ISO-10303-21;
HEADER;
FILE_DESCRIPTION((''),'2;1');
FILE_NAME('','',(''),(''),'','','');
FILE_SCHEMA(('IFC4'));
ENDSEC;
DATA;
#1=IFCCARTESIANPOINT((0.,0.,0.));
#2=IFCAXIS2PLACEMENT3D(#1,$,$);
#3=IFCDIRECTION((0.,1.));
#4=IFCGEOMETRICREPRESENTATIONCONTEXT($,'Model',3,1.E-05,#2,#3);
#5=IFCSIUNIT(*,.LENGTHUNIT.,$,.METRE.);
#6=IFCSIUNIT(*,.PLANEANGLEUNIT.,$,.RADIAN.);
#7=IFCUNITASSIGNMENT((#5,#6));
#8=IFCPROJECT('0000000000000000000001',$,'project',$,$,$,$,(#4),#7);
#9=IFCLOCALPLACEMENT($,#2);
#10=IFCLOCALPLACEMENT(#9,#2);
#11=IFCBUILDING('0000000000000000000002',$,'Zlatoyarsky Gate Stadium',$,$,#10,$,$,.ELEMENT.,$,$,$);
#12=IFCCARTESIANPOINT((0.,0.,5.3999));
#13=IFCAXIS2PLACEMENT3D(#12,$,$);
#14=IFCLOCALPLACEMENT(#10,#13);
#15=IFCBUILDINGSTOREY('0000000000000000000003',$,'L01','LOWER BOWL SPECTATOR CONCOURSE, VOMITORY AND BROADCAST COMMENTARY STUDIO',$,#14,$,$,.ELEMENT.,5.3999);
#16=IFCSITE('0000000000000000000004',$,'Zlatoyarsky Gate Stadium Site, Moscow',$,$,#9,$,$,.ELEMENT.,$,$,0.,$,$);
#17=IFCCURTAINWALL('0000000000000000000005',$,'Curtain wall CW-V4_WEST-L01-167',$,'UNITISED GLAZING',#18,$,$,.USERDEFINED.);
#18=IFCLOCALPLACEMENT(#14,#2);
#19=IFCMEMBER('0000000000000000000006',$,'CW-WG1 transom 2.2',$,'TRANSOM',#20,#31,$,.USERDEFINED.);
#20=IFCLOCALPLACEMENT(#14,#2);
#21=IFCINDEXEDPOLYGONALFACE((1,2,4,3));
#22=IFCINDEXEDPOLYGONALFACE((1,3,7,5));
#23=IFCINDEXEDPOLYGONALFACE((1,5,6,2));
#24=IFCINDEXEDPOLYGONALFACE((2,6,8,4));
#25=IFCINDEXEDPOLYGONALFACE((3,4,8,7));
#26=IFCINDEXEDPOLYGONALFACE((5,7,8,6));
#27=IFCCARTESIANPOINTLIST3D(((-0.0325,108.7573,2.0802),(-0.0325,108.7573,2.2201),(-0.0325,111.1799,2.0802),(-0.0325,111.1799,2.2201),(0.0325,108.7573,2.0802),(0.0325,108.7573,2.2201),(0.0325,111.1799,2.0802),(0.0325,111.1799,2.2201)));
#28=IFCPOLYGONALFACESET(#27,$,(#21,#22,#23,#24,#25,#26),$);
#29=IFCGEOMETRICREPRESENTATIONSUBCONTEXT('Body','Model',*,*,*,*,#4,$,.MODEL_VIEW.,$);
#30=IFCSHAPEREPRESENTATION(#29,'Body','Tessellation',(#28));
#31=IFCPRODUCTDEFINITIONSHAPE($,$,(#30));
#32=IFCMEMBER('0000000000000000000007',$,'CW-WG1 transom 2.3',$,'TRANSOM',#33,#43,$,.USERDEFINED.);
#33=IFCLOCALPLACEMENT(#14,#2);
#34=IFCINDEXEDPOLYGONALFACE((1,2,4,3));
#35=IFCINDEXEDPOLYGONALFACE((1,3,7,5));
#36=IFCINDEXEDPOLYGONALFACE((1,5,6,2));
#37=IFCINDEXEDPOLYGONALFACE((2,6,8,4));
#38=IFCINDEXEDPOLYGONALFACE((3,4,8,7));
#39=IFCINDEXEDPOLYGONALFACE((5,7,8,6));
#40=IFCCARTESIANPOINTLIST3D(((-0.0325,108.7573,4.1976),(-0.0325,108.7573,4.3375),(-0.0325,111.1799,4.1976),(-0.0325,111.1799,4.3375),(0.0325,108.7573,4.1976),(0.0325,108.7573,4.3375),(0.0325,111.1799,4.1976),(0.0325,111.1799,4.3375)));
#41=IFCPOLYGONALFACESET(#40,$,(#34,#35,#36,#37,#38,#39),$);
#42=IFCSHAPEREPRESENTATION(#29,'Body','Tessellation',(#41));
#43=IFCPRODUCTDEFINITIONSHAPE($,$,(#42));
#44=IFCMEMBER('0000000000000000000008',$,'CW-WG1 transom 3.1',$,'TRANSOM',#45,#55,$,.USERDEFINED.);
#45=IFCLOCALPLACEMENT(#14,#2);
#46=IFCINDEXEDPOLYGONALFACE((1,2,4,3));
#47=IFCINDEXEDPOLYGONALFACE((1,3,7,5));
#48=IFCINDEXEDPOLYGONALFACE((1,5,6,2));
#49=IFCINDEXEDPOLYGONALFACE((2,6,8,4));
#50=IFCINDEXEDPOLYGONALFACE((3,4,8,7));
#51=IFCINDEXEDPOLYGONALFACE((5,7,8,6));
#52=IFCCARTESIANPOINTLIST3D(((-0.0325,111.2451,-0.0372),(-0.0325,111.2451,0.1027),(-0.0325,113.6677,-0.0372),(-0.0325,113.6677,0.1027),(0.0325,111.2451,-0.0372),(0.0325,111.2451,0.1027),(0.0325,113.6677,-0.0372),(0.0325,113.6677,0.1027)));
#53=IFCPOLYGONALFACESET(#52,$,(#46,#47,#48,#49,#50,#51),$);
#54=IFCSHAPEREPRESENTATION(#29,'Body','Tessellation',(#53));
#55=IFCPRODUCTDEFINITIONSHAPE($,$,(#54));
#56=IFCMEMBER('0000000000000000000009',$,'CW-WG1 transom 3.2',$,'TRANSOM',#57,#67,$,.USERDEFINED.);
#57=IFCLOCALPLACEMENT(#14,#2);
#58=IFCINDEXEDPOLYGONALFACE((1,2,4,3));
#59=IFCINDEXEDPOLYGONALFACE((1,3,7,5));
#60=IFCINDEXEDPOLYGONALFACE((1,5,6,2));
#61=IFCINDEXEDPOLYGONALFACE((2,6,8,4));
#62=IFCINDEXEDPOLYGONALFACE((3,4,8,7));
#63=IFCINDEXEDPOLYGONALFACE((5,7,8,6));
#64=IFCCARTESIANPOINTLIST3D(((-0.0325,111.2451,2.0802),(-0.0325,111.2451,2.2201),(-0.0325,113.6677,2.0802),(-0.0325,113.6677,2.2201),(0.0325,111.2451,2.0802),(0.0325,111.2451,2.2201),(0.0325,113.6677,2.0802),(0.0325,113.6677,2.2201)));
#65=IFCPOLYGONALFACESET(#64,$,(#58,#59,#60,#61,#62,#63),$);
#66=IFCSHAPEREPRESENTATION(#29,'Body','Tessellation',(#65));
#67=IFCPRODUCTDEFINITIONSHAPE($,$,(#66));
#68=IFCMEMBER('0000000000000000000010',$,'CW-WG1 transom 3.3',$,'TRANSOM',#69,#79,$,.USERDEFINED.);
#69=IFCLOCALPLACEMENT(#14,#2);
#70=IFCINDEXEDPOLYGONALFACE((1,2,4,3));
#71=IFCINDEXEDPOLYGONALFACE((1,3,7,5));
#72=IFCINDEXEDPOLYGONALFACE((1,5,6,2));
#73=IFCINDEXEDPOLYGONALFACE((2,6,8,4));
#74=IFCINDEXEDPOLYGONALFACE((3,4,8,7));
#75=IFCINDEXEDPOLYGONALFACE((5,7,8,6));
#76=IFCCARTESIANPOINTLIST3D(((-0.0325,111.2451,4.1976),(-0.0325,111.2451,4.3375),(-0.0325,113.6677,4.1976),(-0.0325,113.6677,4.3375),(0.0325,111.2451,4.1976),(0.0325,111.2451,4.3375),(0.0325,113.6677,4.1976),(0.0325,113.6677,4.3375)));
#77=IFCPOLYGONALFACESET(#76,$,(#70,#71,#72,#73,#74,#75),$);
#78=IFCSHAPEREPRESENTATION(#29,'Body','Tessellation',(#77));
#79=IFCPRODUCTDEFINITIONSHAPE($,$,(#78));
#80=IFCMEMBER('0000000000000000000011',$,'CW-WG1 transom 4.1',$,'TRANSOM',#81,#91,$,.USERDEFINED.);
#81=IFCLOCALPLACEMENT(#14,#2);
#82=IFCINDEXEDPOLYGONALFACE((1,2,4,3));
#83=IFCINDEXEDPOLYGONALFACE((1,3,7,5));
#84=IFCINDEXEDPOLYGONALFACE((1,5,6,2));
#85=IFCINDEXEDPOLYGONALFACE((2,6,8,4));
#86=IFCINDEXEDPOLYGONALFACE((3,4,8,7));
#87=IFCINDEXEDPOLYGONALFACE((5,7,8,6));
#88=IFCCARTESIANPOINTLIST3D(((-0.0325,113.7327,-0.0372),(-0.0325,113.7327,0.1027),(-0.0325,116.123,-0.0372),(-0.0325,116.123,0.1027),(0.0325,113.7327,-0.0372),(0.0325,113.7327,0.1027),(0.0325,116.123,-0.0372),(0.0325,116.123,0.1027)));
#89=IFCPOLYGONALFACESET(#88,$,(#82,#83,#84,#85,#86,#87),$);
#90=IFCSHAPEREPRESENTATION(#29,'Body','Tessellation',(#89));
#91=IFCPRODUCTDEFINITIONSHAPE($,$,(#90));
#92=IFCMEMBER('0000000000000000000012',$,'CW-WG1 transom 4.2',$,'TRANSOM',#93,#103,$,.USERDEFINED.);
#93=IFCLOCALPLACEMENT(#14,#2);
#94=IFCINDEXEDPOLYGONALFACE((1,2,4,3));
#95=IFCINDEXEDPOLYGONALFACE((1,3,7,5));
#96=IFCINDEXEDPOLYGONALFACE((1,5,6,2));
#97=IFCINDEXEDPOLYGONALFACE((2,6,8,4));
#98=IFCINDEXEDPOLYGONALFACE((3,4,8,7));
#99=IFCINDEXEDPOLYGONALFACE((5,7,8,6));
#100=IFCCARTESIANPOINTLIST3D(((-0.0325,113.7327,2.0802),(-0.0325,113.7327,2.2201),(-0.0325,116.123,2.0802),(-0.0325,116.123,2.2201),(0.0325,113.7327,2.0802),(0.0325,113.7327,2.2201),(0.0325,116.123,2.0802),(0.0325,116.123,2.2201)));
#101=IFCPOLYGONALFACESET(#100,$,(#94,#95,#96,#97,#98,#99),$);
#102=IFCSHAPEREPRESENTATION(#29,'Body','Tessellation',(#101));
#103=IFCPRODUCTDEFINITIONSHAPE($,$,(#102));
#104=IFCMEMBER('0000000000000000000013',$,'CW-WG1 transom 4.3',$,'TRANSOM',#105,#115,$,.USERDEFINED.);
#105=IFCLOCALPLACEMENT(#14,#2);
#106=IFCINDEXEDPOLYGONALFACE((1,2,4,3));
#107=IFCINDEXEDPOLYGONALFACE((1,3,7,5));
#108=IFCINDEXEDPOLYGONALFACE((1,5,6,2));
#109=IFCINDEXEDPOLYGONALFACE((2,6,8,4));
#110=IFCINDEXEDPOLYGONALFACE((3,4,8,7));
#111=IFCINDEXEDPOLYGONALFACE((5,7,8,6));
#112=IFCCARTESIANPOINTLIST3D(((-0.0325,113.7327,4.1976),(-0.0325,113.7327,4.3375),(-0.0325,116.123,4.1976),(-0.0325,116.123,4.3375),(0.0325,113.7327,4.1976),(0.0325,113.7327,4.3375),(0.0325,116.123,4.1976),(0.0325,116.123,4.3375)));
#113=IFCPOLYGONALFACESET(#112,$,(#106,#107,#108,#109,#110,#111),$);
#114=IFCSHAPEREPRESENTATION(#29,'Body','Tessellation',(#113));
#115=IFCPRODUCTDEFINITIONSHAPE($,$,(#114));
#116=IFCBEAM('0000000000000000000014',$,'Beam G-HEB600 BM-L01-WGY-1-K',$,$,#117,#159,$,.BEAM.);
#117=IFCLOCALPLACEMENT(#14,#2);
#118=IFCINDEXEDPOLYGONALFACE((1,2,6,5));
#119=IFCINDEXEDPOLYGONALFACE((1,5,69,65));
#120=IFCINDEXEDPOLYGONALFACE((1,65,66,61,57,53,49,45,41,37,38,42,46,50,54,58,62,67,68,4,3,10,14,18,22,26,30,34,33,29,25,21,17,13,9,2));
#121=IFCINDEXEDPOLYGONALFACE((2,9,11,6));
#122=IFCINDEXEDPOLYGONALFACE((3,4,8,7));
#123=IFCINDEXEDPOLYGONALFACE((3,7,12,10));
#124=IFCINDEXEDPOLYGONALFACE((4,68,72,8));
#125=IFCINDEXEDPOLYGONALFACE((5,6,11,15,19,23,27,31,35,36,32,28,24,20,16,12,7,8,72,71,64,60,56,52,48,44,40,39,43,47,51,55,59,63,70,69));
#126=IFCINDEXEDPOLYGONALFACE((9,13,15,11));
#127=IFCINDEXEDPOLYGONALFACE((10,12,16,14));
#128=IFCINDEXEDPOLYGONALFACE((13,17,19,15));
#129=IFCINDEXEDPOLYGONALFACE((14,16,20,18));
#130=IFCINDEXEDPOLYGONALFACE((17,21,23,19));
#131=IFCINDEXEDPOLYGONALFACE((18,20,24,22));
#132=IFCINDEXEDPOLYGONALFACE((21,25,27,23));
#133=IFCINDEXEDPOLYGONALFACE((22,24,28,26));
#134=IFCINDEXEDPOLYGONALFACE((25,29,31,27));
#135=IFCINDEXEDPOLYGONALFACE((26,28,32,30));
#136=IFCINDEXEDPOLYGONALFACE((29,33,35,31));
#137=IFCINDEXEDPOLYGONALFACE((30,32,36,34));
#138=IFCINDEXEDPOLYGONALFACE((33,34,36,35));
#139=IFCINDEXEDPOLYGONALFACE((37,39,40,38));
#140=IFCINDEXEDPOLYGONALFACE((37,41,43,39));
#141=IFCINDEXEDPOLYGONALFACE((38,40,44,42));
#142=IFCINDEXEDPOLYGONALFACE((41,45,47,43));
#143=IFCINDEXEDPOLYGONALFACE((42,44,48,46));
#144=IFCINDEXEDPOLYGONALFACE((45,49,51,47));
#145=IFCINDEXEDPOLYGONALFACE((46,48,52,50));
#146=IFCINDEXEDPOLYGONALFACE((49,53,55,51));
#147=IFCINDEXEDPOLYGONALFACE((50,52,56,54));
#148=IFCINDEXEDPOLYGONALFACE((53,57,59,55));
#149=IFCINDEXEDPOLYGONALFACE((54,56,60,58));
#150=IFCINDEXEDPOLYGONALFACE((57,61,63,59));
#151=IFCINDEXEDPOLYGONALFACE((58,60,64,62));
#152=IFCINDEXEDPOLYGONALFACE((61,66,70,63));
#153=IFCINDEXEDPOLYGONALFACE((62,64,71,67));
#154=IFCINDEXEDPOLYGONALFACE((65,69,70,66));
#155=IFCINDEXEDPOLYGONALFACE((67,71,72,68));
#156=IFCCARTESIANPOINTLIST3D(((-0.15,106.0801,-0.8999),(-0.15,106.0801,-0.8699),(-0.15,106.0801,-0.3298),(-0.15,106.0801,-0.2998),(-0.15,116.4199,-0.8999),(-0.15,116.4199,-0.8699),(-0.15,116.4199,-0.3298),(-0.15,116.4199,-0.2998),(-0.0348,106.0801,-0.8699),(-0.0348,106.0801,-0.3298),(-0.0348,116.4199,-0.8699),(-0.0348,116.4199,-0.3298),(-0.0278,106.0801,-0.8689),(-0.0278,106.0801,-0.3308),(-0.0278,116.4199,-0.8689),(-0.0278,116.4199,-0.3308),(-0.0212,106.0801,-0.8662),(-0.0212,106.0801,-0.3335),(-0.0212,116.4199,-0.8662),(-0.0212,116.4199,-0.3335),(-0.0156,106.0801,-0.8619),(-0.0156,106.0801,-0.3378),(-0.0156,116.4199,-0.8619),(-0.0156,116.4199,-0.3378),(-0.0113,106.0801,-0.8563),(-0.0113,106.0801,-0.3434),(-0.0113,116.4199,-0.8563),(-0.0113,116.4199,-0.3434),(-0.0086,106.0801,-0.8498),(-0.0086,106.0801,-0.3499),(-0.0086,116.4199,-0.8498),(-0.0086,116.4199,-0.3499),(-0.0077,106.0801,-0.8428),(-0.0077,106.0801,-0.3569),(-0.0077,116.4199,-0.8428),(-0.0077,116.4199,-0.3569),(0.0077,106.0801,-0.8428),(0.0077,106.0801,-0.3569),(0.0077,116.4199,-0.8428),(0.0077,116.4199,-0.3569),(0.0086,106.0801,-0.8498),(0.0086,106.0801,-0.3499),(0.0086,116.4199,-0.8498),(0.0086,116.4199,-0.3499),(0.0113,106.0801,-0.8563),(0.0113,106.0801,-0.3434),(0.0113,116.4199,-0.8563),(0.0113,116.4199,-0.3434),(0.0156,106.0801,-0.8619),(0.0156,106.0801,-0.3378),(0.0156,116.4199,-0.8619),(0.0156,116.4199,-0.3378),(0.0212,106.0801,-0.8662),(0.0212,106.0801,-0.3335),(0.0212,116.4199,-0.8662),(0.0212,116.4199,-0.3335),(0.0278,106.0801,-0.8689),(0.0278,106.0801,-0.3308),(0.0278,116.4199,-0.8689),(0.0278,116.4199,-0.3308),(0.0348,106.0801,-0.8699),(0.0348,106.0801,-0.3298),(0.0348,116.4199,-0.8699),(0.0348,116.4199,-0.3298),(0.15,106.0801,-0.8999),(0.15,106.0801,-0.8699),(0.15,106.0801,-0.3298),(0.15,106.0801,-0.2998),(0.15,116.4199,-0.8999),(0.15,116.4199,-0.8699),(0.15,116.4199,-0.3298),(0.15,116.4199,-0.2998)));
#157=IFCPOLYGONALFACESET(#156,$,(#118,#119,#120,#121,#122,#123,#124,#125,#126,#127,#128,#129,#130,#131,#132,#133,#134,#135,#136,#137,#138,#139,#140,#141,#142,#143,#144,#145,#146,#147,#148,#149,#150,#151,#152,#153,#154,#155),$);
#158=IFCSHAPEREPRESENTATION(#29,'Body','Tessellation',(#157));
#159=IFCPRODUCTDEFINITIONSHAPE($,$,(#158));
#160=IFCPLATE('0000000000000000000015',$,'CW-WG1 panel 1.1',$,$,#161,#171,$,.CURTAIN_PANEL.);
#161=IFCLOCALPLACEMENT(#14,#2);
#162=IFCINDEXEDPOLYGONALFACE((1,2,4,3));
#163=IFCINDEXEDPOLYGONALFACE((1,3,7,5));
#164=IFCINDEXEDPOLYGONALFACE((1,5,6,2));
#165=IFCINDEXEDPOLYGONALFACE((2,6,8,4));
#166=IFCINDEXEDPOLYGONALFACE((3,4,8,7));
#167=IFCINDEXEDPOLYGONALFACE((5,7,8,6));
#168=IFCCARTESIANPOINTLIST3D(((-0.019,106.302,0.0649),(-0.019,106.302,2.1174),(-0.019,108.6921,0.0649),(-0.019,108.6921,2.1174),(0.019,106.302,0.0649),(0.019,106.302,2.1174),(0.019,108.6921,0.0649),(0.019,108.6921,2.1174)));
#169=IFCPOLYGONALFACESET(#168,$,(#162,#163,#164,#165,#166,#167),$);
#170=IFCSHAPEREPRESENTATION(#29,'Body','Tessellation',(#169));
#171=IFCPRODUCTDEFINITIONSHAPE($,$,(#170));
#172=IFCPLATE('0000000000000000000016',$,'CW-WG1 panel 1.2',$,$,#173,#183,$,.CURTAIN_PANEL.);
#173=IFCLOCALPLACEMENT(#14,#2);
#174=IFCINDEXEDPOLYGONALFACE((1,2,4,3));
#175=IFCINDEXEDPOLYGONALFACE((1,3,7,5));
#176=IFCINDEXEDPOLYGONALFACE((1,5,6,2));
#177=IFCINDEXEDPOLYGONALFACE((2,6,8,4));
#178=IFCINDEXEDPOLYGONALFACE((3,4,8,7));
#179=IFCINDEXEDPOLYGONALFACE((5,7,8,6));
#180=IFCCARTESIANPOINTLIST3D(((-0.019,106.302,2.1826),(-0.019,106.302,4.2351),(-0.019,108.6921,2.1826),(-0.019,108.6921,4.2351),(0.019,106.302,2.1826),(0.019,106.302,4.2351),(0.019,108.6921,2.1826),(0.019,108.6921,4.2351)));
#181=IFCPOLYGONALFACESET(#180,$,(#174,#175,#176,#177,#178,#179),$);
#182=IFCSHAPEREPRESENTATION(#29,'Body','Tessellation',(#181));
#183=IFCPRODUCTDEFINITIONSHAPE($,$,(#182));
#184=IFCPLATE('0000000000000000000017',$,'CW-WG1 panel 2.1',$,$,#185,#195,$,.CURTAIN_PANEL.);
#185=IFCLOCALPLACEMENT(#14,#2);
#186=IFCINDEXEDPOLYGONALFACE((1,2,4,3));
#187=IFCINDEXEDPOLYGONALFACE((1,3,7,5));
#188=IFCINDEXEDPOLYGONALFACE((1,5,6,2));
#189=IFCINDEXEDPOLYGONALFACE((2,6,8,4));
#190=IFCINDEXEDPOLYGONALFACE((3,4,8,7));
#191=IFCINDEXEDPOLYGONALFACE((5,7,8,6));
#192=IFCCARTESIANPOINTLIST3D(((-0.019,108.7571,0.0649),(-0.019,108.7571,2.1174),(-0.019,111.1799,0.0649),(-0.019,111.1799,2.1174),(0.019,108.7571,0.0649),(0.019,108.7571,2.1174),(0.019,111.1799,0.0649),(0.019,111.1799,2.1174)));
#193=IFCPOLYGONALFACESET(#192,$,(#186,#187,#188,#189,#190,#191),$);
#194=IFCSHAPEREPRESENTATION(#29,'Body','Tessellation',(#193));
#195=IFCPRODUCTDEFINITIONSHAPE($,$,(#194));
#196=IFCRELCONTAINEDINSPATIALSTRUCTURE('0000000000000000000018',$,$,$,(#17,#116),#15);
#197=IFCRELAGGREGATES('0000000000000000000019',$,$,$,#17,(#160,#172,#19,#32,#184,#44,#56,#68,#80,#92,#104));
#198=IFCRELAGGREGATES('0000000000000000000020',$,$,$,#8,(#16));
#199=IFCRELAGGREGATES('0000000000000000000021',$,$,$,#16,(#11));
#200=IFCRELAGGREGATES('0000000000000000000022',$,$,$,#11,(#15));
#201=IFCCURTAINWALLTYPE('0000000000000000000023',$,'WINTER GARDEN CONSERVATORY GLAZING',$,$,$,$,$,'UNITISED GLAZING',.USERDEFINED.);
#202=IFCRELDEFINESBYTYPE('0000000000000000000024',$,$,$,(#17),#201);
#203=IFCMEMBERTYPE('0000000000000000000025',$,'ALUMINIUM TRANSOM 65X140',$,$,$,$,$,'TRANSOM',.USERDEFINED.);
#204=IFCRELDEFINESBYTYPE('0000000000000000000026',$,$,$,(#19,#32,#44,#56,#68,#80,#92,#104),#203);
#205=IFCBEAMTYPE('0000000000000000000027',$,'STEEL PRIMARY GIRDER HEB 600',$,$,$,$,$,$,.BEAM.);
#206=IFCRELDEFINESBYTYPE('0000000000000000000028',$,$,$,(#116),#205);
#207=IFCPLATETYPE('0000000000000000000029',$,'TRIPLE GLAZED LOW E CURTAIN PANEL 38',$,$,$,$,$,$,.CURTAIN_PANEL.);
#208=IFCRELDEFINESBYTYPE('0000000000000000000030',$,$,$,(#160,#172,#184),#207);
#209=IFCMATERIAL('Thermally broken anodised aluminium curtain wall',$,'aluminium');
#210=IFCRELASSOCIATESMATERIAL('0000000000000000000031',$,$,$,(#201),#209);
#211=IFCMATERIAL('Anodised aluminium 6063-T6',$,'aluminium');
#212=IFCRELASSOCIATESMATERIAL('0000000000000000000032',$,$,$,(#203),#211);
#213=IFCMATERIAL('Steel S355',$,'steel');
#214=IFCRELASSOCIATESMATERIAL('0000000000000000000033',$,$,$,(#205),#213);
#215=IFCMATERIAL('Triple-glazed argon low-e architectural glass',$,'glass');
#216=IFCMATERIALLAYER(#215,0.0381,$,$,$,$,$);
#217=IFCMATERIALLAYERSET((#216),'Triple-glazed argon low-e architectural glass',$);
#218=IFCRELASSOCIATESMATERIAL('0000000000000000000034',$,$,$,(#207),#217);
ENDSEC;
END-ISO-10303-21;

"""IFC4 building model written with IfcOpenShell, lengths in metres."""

from ifc_helpers import new_model, si_unit, direction, frame, origin, origin_2d, place, context, subcontext, project, spatial, rectangle, i_section, extrude, material, layer, layer_set, material_profile, profile_set, type_object, element, aggregate, save


model = new_model("IFC4")

# Units and contexts
model_context = context("Model", 3, precision=1e-05, world=origin(), true_north=direction((0.0, 1.0)))
body_context = subcontext(model_context, "Body", "Model", "MODEL_VIEW")
ifc_project = project(units=[si_unit("LENGTHUNIT", "METRE"), si_unit("PLANEANGLEUNIT", "RADIAN")], contexts=[model_context])

# Site, building, storey
site_placement = place(None, origin())
site = spatial("IfcSite", under=ifc_project, at=site_placement, Name="Zlatoyarsky Gate Stadium Site, Moscow", CompositionType="ELEMENT", RefElevation=0.0)
building_placement = place(site_placement, origin())
building = spatial("IfcBuilding", under=site, at=building_placement, Name="Zlatoyarsky Gate Stadium", CompositionType="ELEMENT")
storey_placement = place(building_placement, frame((0.0, 0.0, 5.3999)))
storey = spatial("IfcBuildingStorey", under=building, at=storey_placement, Name="L01", Description="LOWER BOWL SPECTATOR CONCOURSE, VOMITORY AND BROADCAST COMMENTARY STUDIO", CompositionType="ELEMENT", Elevation=5.3999)

# Shared definitions
ifc_material_1 = material(Name="Steel S355", Category="steel")

# Curtain wall, members
ifc_material_2 = material(Name="Thermally broken anodised aluminium curtain wall", Category="aluminium")
curtain_wall_type = type_object("IfcCurtainWallType", Name="WINTER GARDEN CONSERVATORY GLAZING", ElementType="UNITISED GLAZING", PredefinedType="USERDEFINED", material=ifc_material_2)
curtain_wall_placement = place(storey_placement, origin())
curtain_wall = element("IfcCurtainWall", 1, at=curtain_wall_placement, inside=storey, type_object=curtain_wall_type, Name="Curtain wall CW-V4_WEST-L01-167", ObjectType="UNITISED GLAZING", PredefinedType="USERDEFINED")
ifc_material_3 = material(Name="Anodised aluminium 6063-T6", Category="aluminium")
ifc_material_profile_1 = material_profile(ifc_material_3, rectangle(XDim=0.0649, YDim=0.1399, at=origin_2d()), Name="ALU 65X140")
ifc_profile_set_1 = profile_set([ifc_material_profile_1], Name="Anodised aluminium 6063-T6")
member_type_1 = type_object("IfcMemberType", Name="ALUMINIUM TRANSOM 65X140", ElementType="TRANSOM", PredefinedType="USERDEFINED", material=ifc_profile_set_1)
member_1_placement = place(storey_placement, frame((0.0, 108.7573, 2.1501), z_axis=(0.0, 1.0, 0.0), x_axis=(-1.0, 0.0, 0.0)))
member_1 = element("IfcMember", 2, at=member_1_placement, type_object=member_type_1, Name="CW-WG1 transom 2.2", ObjectType="TRANSOM", PredefinedType="USERDEFINED", context=body_context, shape_type="SweptSolid", body=[
    extrude(rectangle(XDim=0.0649, YDim=0.1399, at=origin_2d()), origin(), (0.0, 0.0, 1.0), 2.4226),
])
member_2_placement = place(storey_placement, frame((0.0, 108.7573, 4.2676), z_axis=(0.0, 1.0, 0.0), x_axis=(-1.0, 0.0, 0.0)))
member_2 = element("IfcMember", 3, at=member_2_placement, type_object=member_type_1, Name="CW-WG1 transom 2.3", ObjectType="TRANSOM", PredefinedType="USERDEFINED", context=body_context, shape_type="SweptSolid", body=[
    extrude(rectangle(XDim=0.0649, YDim=0.1399, at=origin_2d()), origin(), (0.0, 0.0, 1.0), 2.4226),
])
member_3_placement = place(storey_placement, frame((0.0, 111.2451, 0.0327), z_axis=(0.0, 1.0, 0.0), x_axis=(-1.0, 0.0, 0.0)))
member_3 = element("IfcMember", 4, at=member_3_placement, type_object=member_type_1, Name="CW-WG1 transom 3.1", ObjectType="TRANSOM", PredefinedType="USERDEFINED", context=body_context, shape_type="SweptSolid", body=[
    extrude(rectangle(XDim=0.0649, YDim=0.1399, at=origin_2d()), origin(), (0.0, 0.0, 1.0), 2.4226),
])
member_4_placement = place(storey_placement, frame((0.0, 111.2451, 2.1501), z_axis=(0.0, 1.0, 0.0), x_axis=(-1.0, 0.0, 0.0)))
member_4 = element("IfcMember", 5, at=member_4_placement, type_object=member_type_1, Name="CW-WG1 transom 3.2", ObjectType="TRANSOM", PredefinedType="USERDEFINED", context=body_context, shape_type="SweptSolid", body=[
    extrude(rectangle(XDim=0.0649, YDim=0.1399, at=origin_2d()), origin(), (0.0, 0.0, 1.0), 2.4226),
])
member_5_placement = place(storey_placement, frame((0.0, 111.2451, 4.2676), z_axis=(0.0, 1.0, 0.0), x_axis=(-1.0, 0.0, 0.0)))
member_5 = element("IfcMember", 6, at=member_5_placement, type_object=member_type_1, Name="CW-WG1 transom 3.3", ObjectType="TRANSOM", PredefinedType="USERDEFINED", context=body_context, shape_type="SweptSolid", body=[
    extrude(rectangle(XDim=0.0649, YDim=0.1399, at=origin_2d()), origin(), (0.0, 0.0, 1.0), 2.4226),
])
member_6_placement = place(storey_placement, frame((0.0, 113.7327, 0.0327), z_axis=(0.0, 1.0, 0.0), x_axis=(-1.0, 0.0, 0.0)))
member_6 = element("IfcMember", 7, at=member_6_placement, type_object=member_type_1, Name="CW-WG1 transom 4.1", ObjectType="TRANSOM", PredefinedType="USERDEFINED", context=body_context, shape_type="SweptSolid", body=[
    extrude(rectangle(XDim=0.0649, YDim=0.1399, at=origin_2d()), origin(), (0.0, 0.0, 1.0), 2.3904),
])
member_7_placement = place(storey_placement, frame((0.0, 113.7327, 2.1501), z_axis=(0.0, 1.0, 0.0), x_axis=(-1.0, 0.0, 0.0)))
member_7 = element("IfcMember", 8, at=member_7_placement, type_object=member_type_1, Name="CW-WG1 transom 4.2", ObjectType="TRANSOM", PredefinedType="USERDEFINED", context=body_context, shape_type="SweptSolid", body=[
    extrude(rectangle(XDim=0.0649, YDim=0.1399, at=origin_2d()), origin(), (0.0, 0.0, 1.0), 2.3904),
])
member_8_placement = place(storey_placement, frame((0.0, 113.7327, 4.2676), z_axis=(0.0, 1.0, 0.0), x_axis=(-1.0, 0.0, 0.0)))
member_8 = element("IfcMember", 9, at=member_8_placement, type_object=member_type_1, Name="CW-WG1 transom 4.3", ObjectType="TRANSOM", PredefinedType="USERDEFINED", context=body_context, shape_type="SweptSolid", body=[
    extrude(rectangle(XDim=0.0649, YDim=0.1399, at=origin_2d()), origin(), (0.0, 0.0, 1.0), 2.3904),
])

# Beam
ifc_material_profile_2 = material_profile(ifc_material_1, i_section(OverallWidth=0.3, OverallDepth=0.6001, WebThickness=0.0154, FlangeThickness=0.03, FilletRadius=0.0271, at=origin_2d()), Name="HEB 600")
ifc_profile_set_2 = profile_set([ifc_material_profile_2], Name="Steel S355")
beam_type = type_object("IfcBeamType", Name="STEEL PRIMARY GIRDER HEB 600", PredefinedType="BEAM", material=ifc_profile_set_2)
beam_placement = place(storey_placement, frame((0.0, 106.0801, -0.5999), z_axis=(0.0, 1.0, 0.0), x_axis=(-1.0, 0.0, 0.0)))
element("IfcBeam", 10, at=beam_placement, inside=storey, type_object=beam_type, Name="Beam G-HEB600 BM-L01-WGY-1-K", PredefinedType="BEAM", context=body_context, shape_type="SweptSolid", body=[
    extrude(i_section(OverallWidth=0.3, OverallDepth=0.6001, WebThickness=0.0154, FlangeThickness=0.03, FilletRadius=0.0271, at=origin_2d()), origin(), (0.0, 0.0, 1.0), 10.3398),
])

# Plates
ifc_material_4 = material(Name="Triple-glazed argon low-e architectural glass", Category="glass")
ifc_layer = layer(ifc_material_4, 0.0381)
ifc_layer_set = layer_set([ifc_layer], Name="Triple-glazed argon low-e architectural glass")
plate_type = type_object("IfcPlateType", Name="TRIPLE GLAZED LOW E CURTAIN PANEL 38", PredefinedType="CURTAIN_PANEL", material=ifc_layer_set)
plate_1_placement = place(storey_placement, frame((0.0, 107.4971, 0.0649), z_axis=(0.0, 0.0, 1.0), x_axis=(0.0, 1.0, 0.0)))
plate_1 = element("IfcPlate", 11, at=plate_1_placement, type_object=plate_type, Name="CW-WG1 panel 1.1", PredefinedType="CURTAIN_PANEL", context=body_context, shape_type="SweptSolid", body=[
    extrude(rectangle(XDim=2.3901, YDim=0.0381, at=origin_2d()), origin(), (0.0, 0.0, 1.0), 2.0525),
])
plate_2_placement = place(storey_placement, frame((0.0, 107.4971, 2.1826), z_axis=(0.0, 0.0, 1.0), x_axis=(0.0, 1.0, 0.0)))
plate_2 = element("IfcPlate", 12, at=plate_2_placement, type_object=plate_type, Name="CW-WG1 panel 1.2", PredefinedType="CURTAIN_PANEL", context=body_context, shape_type="SweptSolid", body=[
    extrude(rectangle(XDim=2.3901, YDim=0.0381, at=origin_2d()), origin(), (0.0, 0.0, 1.0), 2.0525),
])
plate_3_placement = place(storey_placement, frame((0.0, 109.9685, 0.0649), z_axis=(0.0, 0.0, 1.0), x_axis=(0.0, 1.0, 0.0)))
plate_3 = element("IfcPlate", 13, at=plate_3_placement, type_object=plate_type, Name="CW-WG1 panel 2.1", PredefinedType="CURTAIN_PANEL", context=body_context, shape_type="SweptSolid", body=[
    extrude(rectangle(XDim=2.4229, YDim=0.0381, at=origin_2d()), origin(), (0.0, 0.0, 1.0), 2.0525),
])
aggregate(curtain_wall, [plate_1, plate_2, member_1, member_2, plate_3, member_3, member_4, member_5, member_6, member_7, member_8])

save(model, "model.ifc")
